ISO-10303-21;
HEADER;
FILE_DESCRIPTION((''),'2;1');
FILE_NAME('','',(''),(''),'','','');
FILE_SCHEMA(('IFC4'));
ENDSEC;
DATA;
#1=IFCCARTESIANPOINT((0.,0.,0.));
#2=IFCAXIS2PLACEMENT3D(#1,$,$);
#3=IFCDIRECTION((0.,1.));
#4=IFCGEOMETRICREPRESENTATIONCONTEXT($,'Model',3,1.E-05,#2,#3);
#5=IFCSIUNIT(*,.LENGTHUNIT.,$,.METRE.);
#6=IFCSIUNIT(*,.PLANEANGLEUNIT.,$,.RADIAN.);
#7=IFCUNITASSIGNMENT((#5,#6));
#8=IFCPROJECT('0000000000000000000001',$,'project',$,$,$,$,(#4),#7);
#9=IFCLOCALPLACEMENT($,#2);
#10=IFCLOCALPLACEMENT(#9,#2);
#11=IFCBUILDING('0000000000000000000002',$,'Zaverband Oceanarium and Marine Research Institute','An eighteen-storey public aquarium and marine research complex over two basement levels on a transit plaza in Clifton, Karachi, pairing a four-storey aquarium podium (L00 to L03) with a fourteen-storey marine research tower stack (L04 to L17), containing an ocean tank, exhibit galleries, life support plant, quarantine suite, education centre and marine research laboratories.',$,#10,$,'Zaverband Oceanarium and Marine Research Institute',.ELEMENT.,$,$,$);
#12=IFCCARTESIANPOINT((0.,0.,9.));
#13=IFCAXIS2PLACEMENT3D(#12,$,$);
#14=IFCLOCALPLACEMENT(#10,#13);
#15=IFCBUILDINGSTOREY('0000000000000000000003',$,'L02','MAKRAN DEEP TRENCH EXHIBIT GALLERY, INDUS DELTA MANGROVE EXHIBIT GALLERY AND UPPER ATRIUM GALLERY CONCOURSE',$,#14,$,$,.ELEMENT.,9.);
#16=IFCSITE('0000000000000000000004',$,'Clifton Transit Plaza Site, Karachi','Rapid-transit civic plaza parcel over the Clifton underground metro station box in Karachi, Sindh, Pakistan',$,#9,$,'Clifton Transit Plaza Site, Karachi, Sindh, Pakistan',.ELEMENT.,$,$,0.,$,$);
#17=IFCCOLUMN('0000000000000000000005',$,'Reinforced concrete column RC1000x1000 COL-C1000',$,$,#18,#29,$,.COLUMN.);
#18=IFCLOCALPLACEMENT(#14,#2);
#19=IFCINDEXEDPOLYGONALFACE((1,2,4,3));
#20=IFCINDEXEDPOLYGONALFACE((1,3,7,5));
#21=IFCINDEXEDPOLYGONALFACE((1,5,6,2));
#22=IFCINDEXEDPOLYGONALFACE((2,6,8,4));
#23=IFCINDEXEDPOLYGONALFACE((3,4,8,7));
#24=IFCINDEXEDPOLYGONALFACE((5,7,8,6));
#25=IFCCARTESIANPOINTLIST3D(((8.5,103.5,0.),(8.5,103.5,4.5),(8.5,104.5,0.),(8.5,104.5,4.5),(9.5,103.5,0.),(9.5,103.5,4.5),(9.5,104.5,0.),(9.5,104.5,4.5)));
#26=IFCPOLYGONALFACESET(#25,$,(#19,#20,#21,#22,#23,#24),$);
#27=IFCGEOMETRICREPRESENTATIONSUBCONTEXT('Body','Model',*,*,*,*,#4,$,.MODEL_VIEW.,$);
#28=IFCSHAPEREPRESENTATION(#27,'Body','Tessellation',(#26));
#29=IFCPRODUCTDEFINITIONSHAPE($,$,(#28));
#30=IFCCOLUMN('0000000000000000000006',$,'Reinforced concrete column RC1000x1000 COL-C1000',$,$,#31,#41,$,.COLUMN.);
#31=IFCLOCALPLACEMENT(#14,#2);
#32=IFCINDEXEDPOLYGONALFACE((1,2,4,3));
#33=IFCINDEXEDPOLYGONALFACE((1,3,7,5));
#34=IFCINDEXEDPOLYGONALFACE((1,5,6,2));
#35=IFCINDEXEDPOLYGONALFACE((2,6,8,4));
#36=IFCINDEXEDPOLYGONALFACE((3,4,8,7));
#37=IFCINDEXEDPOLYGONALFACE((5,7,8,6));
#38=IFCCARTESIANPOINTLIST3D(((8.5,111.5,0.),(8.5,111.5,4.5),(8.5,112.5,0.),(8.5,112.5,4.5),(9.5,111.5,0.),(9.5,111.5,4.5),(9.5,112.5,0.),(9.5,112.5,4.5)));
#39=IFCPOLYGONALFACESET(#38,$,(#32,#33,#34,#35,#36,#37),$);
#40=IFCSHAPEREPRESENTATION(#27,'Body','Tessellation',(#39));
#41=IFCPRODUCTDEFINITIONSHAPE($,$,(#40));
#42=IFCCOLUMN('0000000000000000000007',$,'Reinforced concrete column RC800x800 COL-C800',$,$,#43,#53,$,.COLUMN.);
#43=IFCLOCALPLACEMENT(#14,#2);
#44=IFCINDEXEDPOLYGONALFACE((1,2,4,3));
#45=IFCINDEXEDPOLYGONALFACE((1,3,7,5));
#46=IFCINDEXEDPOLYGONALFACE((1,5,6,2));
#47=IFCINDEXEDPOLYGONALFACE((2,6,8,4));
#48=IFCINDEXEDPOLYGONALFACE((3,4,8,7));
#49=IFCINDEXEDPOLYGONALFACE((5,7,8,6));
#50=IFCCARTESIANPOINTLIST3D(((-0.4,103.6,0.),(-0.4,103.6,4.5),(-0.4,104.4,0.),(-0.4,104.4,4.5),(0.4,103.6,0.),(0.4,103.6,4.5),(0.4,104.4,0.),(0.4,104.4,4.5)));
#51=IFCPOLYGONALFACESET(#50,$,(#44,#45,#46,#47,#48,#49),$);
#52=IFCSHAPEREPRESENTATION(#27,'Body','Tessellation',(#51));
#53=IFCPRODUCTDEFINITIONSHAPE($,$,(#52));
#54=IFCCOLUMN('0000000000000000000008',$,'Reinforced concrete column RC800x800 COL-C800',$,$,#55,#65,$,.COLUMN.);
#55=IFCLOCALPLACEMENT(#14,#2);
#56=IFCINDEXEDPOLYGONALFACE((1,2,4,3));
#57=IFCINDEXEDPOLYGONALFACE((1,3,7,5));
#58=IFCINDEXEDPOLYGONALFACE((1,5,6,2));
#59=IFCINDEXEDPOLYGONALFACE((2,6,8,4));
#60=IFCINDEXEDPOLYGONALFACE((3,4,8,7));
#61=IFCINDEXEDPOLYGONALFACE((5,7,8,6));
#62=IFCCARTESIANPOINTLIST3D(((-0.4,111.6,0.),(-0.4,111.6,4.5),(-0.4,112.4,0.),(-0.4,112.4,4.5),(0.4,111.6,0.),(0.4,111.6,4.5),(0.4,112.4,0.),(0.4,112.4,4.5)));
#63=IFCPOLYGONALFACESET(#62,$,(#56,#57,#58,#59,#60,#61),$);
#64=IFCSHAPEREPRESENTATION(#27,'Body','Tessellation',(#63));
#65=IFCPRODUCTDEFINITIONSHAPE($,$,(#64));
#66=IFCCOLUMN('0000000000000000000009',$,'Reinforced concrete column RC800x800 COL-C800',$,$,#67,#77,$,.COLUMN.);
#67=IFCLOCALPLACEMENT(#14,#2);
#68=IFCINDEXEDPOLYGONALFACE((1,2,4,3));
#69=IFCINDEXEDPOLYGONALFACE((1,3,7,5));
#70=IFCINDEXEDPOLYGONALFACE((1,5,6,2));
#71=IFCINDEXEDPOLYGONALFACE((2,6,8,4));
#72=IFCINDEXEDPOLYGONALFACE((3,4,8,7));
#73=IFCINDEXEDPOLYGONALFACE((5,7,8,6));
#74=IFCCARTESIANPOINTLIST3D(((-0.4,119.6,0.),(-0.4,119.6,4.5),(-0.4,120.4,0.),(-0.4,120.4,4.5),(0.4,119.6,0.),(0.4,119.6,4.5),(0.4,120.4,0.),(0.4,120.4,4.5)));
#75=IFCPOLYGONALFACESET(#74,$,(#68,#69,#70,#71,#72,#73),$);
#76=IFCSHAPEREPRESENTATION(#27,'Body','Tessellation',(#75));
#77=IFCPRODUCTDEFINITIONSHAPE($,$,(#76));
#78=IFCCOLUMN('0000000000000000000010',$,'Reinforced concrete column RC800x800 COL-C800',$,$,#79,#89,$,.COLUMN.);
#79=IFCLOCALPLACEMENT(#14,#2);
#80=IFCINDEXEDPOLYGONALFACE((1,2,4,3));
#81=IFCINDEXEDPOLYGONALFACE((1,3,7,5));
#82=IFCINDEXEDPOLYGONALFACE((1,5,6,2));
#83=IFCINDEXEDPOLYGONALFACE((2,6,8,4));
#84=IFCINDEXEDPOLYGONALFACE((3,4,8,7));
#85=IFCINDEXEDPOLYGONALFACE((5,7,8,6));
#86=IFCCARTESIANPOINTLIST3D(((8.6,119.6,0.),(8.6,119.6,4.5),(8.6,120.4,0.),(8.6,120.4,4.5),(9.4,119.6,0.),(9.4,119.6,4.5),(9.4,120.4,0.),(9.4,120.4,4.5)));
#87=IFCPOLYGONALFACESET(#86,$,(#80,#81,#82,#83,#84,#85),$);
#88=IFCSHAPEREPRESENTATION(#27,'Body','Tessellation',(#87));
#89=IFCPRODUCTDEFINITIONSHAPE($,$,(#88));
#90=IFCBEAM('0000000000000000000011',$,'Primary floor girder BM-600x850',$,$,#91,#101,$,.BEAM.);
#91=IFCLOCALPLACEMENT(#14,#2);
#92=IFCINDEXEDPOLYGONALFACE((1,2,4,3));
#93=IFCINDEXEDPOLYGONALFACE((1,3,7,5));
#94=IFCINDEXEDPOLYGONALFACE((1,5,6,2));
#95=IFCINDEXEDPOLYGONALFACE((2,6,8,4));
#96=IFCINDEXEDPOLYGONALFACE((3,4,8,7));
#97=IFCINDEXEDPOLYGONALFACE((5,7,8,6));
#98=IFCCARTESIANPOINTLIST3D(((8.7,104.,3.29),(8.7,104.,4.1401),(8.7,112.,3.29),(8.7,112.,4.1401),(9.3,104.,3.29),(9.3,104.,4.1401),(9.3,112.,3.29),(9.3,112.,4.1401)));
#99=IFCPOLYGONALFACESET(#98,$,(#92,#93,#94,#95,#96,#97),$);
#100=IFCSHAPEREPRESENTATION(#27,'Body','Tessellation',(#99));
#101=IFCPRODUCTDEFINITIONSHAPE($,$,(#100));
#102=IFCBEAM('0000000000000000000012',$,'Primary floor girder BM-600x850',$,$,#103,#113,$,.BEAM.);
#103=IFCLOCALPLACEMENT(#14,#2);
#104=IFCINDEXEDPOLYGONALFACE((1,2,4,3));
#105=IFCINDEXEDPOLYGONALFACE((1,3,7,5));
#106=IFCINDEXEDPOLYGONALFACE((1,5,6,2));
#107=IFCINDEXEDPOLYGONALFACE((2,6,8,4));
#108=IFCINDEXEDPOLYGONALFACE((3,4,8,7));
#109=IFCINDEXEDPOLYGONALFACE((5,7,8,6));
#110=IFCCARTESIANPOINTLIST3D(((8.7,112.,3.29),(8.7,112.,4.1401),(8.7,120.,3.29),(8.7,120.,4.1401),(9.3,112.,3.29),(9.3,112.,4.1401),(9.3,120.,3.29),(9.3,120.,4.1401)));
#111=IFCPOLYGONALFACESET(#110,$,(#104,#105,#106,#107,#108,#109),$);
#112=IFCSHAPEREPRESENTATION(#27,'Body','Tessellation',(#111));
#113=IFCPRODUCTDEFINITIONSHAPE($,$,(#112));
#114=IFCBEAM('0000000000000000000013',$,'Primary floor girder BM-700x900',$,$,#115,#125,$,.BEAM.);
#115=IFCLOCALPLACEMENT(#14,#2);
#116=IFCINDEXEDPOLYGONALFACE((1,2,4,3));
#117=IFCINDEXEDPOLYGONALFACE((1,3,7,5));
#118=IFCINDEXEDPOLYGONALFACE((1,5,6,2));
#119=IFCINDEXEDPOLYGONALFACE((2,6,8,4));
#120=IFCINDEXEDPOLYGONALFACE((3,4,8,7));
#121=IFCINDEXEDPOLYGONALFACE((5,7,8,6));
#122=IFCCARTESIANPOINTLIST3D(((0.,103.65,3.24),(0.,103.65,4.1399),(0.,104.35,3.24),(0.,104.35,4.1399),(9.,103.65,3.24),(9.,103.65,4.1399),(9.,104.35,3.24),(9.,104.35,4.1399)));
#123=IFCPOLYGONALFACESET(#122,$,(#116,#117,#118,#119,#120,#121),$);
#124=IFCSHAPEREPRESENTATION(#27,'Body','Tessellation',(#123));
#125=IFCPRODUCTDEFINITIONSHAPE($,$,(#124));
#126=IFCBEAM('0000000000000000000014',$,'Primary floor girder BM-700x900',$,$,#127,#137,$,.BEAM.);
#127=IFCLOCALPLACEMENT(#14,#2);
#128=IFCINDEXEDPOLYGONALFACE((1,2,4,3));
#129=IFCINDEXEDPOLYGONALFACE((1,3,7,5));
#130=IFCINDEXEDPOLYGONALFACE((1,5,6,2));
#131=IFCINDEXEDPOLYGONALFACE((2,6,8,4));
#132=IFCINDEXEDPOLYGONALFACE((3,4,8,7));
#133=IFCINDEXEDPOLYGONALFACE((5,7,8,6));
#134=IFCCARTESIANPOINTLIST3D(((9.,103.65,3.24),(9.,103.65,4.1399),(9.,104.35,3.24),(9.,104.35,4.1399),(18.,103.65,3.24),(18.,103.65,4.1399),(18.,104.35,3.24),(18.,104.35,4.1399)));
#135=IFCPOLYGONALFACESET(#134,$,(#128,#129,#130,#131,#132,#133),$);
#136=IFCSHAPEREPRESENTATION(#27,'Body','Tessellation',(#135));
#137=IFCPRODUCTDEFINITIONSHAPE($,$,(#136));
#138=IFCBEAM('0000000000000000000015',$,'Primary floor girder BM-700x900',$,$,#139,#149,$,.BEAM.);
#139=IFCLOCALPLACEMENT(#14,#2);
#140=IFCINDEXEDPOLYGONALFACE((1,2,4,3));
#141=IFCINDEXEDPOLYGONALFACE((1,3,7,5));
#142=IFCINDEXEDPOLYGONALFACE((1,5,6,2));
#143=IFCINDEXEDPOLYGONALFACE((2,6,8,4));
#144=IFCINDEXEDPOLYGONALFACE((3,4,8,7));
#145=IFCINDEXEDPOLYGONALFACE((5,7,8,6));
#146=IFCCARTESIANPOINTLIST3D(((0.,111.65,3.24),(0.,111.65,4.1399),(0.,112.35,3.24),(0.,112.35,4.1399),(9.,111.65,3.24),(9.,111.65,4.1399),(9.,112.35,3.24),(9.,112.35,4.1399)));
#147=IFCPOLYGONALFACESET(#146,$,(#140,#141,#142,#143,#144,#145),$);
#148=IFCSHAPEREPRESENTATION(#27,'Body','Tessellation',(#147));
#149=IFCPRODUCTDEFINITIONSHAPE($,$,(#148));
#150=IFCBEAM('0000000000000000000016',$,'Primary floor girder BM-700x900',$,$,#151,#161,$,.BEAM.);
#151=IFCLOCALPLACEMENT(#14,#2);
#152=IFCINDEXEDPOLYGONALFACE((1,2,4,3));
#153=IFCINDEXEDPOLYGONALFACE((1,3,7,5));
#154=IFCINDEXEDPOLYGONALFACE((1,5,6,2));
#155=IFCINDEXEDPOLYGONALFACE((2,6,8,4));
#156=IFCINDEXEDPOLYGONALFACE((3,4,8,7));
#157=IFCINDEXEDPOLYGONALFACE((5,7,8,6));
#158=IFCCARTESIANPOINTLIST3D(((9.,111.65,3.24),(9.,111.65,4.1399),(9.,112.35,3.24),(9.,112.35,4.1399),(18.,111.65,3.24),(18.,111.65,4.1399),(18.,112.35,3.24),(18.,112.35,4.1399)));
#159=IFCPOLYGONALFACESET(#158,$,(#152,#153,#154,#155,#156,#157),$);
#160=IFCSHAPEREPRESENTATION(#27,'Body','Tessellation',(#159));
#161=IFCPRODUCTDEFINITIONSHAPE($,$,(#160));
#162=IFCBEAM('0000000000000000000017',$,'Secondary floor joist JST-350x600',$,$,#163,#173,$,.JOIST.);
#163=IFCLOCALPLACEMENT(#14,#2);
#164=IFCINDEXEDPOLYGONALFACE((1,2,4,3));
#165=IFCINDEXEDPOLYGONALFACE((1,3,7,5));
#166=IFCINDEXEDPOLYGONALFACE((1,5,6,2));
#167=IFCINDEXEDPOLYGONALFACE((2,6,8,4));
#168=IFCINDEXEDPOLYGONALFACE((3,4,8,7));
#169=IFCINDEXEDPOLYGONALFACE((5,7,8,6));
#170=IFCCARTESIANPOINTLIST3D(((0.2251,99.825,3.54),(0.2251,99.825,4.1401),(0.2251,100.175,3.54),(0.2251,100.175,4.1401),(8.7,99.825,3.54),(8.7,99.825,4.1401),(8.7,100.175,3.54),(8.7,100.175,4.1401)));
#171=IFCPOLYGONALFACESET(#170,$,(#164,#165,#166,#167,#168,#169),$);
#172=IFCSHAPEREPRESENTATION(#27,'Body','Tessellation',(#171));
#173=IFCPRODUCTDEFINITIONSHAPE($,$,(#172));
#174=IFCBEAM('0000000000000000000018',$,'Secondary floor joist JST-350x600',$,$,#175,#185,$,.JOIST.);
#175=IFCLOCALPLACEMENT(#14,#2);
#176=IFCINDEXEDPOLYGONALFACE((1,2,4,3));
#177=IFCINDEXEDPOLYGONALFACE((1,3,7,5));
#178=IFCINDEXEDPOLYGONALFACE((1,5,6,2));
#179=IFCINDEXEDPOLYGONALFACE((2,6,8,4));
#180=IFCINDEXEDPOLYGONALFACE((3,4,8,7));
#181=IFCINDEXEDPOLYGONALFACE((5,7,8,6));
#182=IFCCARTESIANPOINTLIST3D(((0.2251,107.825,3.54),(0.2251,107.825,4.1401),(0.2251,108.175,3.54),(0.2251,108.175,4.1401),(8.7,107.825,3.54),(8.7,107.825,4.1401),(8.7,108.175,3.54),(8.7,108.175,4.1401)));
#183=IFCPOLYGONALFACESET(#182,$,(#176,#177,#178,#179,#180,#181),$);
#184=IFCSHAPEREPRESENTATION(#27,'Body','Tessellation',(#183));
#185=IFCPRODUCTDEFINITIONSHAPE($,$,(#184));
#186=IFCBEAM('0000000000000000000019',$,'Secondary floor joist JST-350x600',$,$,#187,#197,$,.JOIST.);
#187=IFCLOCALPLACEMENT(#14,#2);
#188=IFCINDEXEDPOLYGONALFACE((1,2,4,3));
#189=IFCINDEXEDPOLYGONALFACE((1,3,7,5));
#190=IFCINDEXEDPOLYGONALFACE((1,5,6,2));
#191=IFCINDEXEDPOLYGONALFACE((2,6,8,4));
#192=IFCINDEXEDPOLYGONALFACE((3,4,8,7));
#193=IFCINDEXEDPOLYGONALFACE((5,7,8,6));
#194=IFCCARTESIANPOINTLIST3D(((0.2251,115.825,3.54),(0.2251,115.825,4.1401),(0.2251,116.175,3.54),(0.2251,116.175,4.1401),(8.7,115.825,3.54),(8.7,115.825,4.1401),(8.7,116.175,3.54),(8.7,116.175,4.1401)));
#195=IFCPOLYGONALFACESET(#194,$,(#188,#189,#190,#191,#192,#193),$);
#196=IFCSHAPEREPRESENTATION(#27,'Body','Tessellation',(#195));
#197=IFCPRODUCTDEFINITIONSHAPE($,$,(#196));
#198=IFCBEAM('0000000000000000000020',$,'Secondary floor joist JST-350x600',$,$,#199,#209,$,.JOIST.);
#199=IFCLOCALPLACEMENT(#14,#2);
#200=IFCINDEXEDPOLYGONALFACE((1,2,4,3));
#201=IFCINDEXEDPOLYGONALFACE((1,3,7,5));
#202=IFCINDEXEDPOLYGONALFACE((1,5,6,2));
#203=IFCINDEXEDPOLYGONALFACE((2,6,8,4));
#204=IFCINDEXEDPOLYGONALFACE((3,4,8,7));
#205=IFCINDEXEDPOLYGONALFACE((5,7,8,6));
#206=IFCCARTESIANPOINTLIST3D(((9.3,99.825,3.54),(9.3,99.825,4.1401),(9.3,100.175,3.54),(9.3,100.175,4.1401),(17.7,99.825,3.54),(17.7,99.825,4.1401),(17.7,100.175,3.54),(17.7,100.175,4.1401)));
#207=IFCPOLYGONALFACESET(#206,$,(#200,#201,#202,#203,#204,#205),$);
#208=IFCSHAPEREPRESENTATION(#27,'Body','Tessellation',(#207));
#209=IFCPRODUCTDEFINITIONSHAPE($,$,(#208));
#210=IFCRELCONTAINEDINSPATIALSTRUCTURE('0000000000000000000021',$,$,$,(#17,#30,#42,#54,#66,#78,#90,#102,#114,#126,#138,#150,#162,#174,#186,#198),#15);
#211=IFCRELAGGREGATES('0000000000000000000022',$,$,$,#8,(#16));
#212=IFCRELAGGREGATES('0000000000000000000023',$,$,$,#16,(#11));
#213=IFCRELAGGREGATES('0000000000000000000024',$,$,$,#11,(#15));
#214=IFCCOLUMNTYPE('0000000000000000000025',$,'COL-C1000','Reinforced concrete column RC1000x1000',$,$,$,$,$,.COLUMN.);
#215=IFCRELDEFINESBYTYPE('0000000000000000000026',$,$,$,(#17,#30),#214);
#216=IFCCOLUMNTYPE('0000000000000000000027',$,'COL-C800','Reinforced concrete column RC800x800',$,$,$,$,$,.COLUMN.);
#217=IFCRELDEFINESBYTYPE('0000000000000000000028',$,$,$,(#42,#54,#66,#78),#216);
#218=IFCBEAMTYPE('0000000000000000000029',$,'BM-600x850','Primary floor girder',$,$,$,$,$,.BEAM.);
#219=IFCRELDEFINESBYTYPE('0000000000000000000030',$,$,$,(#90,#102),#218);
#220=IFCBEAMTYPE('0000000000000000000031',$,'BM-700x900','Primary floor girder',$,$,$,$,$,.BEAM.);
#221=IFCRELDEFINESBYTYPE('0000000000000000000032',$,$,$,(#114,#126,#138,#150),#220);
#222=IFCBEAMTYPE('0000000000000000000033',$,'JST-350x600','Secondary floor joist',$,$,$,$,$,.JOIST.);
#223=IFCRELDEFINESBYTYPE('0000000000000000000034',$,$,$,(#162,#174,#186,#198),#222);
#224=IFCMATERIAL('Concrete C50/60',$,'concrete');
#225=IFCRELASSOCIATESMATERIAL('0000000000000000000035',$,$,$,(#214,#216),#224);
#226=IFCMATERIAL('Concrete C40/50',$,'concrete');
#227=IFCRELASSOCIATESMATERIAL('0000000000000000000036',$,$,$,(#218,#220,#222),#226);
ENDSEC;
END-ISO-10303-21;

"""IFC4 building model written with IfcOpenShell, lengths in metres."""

from ifc_helpers import new_model, si_unit, direction, frame, origin, origin_2d, place, context, subcontext, project, spatial, rectangle, extrude, material, material_profile, profile_set, type_object, element, save


model = new_model("IFC4")

# Units and contexts
model_context = context("Model", 3, precision=1e-05, world=origin(), true_north=direction((0.0, 1.0)))
body_context = subcontext(model_context, "Body", "Model", "MODEL_VIEW")
ifc_project = project(units=[si_unit("LENGTHUNIT", "METRE"), si_unit("PLANEANGLEUNIT", "RADIAN")], contexts=[model_context])

# Site, building, storey
site_placement = place(None, origin())
site = spatial("IfcSite", under=ifc_project, at=site_placement, Name="Clifton Transit Plaza Site, Karachi", Description="Rapid-transit civic plaza parcel over the Clifton underground metro station box in Karachi, Sindh, Pakistan", LongName="Clifton Transit Plaza Site, Karachi, Sindh, Pakistan", CompositionType="ELEMENT", RefElevation=0.0)
building_placement = place(site_placement, origin())
building = spatial("IfcBuilding", under=site, at=building_placement, Name="Zaverband Oceanarium and Marine Research Institute", Description="An eighteen-storey public aquarium and marine research complex over two basement levels on a transit plaza in Clifton, Karachi, pairing a four-storey aquarium podium (L00 to L03) with a fourteen-storey marine research tower stack (L04 to L17), containing an ocean tank, exhibit galleries, life support plant, quarantine suite, education centre and marine research laboratories.", LongName="Zaverband Oceanarium and Marine Research Institute", CompositionType="ELEMENT")
storey_placement = place(building_placement, frame((0.0, 0.0, 9.0)))
storey = spatial("IfcBuildingStorey", under=building, at=storey_placement, Name="L02", Description="MAKRAN DEEP TRENCH EXHIBIT GALLERY, INDUS DELTA MANGROVE EXHIBIT GALLERY AND UPPER ATRIUM GALLERY CONCOURSE", CompositionType="ELEMENT", Elevation=9.0)

# Columns
ifc_material_1 = material(Name="Concrete C50/60", Category="concrete")
ifc_material_profile_1 = material_profile(ifc_material_1, rectangle(XDim=1.0, YDim=1.0, at=origin_2d()), Name="RC1000x1000")
ifc_profile_set_1 = profile_set([ifc_material_profile_1], Name="Concrete C50/60")
column_type_1 = type_object("IfcColumnType", Name="COL-C1000", Description="Reinforced concrete column RC1000x1000", PredefinedType="COLUMN", material=ifc_profile_set_1)
for number, where, z_axis, x_axis, name in (
    (1, (9.0, 104.0, 0.0), (0.0, 0.0, 1.0), (1.0, 0.0, 0.0), "Reinforced concrete column RC1000x1000 COL-C1000"),
    (2, (9.0, 112.0, 0.0), (0.0, 0.0, 1.0), (1.0, 0.0, 0.0), "Reinforced concrete column RC1000x1000 COL-C1000"),
):
    element("IfcColumn", number, at=place(storey_placement, frame(where, z_axis=z_axis, x_axis=x_axis)), inside=storey, type_object=column_type_1, Name=name, PredefinedType="COLUMN", context=body_context, shape_type="SweptSolid", body=[
        extrude(rectangle(XDim=1.0, YDim=1.0, at=origin_2d()), origin(), (0.0, 0.0, 1.0), 4.5),
    ])
ifc_material_profile_2 = material_profile(ifc_material_1, rectangle(XDim=0.8, YDim=0.8, at=origin_2d()), Name="RC800x800")
ifc_profile_set_2 = profile_set([ifc_material_profile_2], Name="Concrete C50/60")
column_type_2 = type_object("IfcColumnType", Name="COL-C800", Description="Reinforced concrete column RC800x800", PredefinedType="COLUMN", material=ifc_profile_set_2)
for number, where, z_axis, x_axis, name in (
    (3, (0.0, 104.0, 0.0), (0.0, 0.0, 1.0), (1.0, 0.0, 0.0), "Reinforced concrete column RC800x800 COL-C800"),
    (4, (0.0, 112.0, 0.0), (0.0, 0.0, 1.0), (1.0, 0.0, 0.0), "Reinforced concrete column RC800x800 COL-C800"),
    (5, (0.0, 120.0, 0.0), (0.0, 0.0, 1.0), (1.0, 0.0, 0.0), "Reinforced concrete column RC800x800 COL-C800"),
    (6, (9.0, 120.0, 0.0), (0.0, 0.0, 1.0), (1.0, 0.0, 0.0), "Reinforced concrete column RC800x800 COL-C800"),
):
    element("IfcColumn", number, at=place(storey_placement, frame(where, z_axis=z_axis, x_axis=x_axis)), inside=storey, type_object=column_type_2, Name=name, PredefinedType="COLUMN", context=body_context, shape_type="SweptSolid", body=[
        extrude(rectangle(XDim=0.8, YDim=0.8, at=origin_2d()), origin(), (0.0, 0.0, 1.0), 4.5),
    ])

# Beams
ifc_material_2 = material(Name="Concrete C40/50", Category="concrete")
ifc_material_profile_3 = material_profile(ifc_material_2, rectangle(XDim=0.6001, YDim=0.8501, at=origin_2d()), Name="RC600x850")
ifc_profile_set_3 = profile_set([ifc_material_profile_3], Name="Concrete C40/50")
beam_type_1 = type_object("IfcBeamType", Name="BM-600x850", Description="Primary floor girder", PredefinedType="BEAM", material=ifc_profile_set_3)
for number, where, z_axis, x_axis, name in (
    (7, (9.0, 104.0, 3.7151), (0.0, 1.0, 0.0), (-1.0, 0.0, 0.0), "Primary floor girder BM-600x850"),
    (8, (9.0, 112.0, 3.7151), (0.0, 1.0, 0.0), (-1.0, 0.0, 0.0), "Primary floor girder BM-600x850"),
):
    element("IfcBeam", number, at=place(storey_placement, frame(where, z_axis=z_axis, x_axis=x_axis)), inside=storey, type_object=beam_type_1, Name=name, PredefinedType="BEAM", context=body_context, shape_type="SweptSolid", body=[
        extrude(rectangle(XDim=0.6001, YDim=0.8501, at=origin_2d()), origin(), (0.0, 0.0, 1.0), 8.0),
    ])
ifc_material_profile_4 = material_profile(ifc_material_2, rectangle(XDim=0.7, YDim=0.8999, at=origin_2d()), Name="RC700x900")
ifc_profile_set_4 = profile_set([ifc_material_profile_4], Name="Concrete C40/50")
beam_type_2 = type_object("IfcBeamType", Name="BM-700x900", Description="Primary floor girder", PredefinedType="BEAM", material=ifc_profile_set_4)
for number, where, z_axis, x_axis, name in (
    (9, (0.0, 104.0, 3.6899), (1.0, 0.0, 0.0), (0.0, 1.0, 0.0), "Primary floor girder BM-700x900"),
    (10, (9.0, 104.0, 3.6899), (1.0, 0.0, 0.0), (0.0, 1.0, 0.0), "Primary floor girder BM-700x900"),
    (11, (0.0, 112.0, 3.6899), (1.0, 0.0, 0.0), (0.0, 1.0, 0.0), "Primary floor girder BM-700x900"),
    (12, (9.0, 112.0, 3.6899), (1.0, 0.0, 0.0), (0.0, 1.0, 0.0), "Primary floor girder BM-700x900"),
):
    element("IfcBeam", number, at=place(storey_placement, frame(where, z_axis=z_axis, x_axis=x_axis)), inside=storey, type_object=beam_type_2, Name=name, PredefinedType="BEAM", context=body_context, shape_type="SweptSolid", body=[
        extrude(rectangle(XDim=0.7, YDim=0.8999, at=origin_2d()), origin(), (0.0, 0.0, 1.0), 9.0),
    ])
ifc_material_profile_5 = material_profile(ifc_material_2, rectangle(XDim=0.3501, YDim=0.6001, at=origin_2d()), Name="RC350x600")
ifc_profile_set_5 = profile_set([ifc_material_profile_5], Name="Concrete C40/50")
beam_type_3 = type_object("IfcBeamType", Name="JST-350x600", Description="Secondary floor joist", PredefinedType="JOIST", material=ifc_profile_set_5)
for number, where, z_axis, x_axis, name in (
    (13, (0.2251, 100.0, 3.8401), (1.0, 0.0, 0.0), (0.0, 1.0, 0.0), "Secondary floor joist JST-350x600"),
    (14, (0.2251, 108.0, 3.8401), (1.0, 0.0, 0.0), (0.0, 1.0, 0.0), "Secondary floor joist JST-350x600"),
    (15, (0.2251, 116.0, 3.8401), (1.0, 0.0, 0.0), (0.0, 1.0, 0.0), "Secondary floor joist JST-350x600"),
):
    element("IfcBeam", number, at=place(storey_placement, frame(where, z_axis=z_axis, x_axis=x_axis)), inside=storey, type_object=beam_type_3, Name=name, PredefinedType="JOIST", context=body_context, shape_type="SweptSolid", body=[
        extrude(rectangle(XDim=0.3501, YDim=0.6001, at=origin_2d()), origin(), (0.0, 0.0, 1.0), 8.4749),
    ])
beam_placement = place(storey_placement, frame((9.3, 100.0, 3.8401), z_axis=(1.0, 0.0, 0.0), x_axis=(0.0, 1.0, 0.0)))
element("IfcBeam", 16, at=beam_placement, inside=storey, type_object=beam_type_3, Name="Secondary floor joist JST-350x600", PredefinedType="JOIST", context=body_context, shape_type="SweptSolid", body=[
    extrude(rectangle(XDim=0.3501, YDim=0.6001, at=origin_2d()), origin(), (0.0, 0.0, 1.0), 8.3999),
])

save(model, "model.ifc")
